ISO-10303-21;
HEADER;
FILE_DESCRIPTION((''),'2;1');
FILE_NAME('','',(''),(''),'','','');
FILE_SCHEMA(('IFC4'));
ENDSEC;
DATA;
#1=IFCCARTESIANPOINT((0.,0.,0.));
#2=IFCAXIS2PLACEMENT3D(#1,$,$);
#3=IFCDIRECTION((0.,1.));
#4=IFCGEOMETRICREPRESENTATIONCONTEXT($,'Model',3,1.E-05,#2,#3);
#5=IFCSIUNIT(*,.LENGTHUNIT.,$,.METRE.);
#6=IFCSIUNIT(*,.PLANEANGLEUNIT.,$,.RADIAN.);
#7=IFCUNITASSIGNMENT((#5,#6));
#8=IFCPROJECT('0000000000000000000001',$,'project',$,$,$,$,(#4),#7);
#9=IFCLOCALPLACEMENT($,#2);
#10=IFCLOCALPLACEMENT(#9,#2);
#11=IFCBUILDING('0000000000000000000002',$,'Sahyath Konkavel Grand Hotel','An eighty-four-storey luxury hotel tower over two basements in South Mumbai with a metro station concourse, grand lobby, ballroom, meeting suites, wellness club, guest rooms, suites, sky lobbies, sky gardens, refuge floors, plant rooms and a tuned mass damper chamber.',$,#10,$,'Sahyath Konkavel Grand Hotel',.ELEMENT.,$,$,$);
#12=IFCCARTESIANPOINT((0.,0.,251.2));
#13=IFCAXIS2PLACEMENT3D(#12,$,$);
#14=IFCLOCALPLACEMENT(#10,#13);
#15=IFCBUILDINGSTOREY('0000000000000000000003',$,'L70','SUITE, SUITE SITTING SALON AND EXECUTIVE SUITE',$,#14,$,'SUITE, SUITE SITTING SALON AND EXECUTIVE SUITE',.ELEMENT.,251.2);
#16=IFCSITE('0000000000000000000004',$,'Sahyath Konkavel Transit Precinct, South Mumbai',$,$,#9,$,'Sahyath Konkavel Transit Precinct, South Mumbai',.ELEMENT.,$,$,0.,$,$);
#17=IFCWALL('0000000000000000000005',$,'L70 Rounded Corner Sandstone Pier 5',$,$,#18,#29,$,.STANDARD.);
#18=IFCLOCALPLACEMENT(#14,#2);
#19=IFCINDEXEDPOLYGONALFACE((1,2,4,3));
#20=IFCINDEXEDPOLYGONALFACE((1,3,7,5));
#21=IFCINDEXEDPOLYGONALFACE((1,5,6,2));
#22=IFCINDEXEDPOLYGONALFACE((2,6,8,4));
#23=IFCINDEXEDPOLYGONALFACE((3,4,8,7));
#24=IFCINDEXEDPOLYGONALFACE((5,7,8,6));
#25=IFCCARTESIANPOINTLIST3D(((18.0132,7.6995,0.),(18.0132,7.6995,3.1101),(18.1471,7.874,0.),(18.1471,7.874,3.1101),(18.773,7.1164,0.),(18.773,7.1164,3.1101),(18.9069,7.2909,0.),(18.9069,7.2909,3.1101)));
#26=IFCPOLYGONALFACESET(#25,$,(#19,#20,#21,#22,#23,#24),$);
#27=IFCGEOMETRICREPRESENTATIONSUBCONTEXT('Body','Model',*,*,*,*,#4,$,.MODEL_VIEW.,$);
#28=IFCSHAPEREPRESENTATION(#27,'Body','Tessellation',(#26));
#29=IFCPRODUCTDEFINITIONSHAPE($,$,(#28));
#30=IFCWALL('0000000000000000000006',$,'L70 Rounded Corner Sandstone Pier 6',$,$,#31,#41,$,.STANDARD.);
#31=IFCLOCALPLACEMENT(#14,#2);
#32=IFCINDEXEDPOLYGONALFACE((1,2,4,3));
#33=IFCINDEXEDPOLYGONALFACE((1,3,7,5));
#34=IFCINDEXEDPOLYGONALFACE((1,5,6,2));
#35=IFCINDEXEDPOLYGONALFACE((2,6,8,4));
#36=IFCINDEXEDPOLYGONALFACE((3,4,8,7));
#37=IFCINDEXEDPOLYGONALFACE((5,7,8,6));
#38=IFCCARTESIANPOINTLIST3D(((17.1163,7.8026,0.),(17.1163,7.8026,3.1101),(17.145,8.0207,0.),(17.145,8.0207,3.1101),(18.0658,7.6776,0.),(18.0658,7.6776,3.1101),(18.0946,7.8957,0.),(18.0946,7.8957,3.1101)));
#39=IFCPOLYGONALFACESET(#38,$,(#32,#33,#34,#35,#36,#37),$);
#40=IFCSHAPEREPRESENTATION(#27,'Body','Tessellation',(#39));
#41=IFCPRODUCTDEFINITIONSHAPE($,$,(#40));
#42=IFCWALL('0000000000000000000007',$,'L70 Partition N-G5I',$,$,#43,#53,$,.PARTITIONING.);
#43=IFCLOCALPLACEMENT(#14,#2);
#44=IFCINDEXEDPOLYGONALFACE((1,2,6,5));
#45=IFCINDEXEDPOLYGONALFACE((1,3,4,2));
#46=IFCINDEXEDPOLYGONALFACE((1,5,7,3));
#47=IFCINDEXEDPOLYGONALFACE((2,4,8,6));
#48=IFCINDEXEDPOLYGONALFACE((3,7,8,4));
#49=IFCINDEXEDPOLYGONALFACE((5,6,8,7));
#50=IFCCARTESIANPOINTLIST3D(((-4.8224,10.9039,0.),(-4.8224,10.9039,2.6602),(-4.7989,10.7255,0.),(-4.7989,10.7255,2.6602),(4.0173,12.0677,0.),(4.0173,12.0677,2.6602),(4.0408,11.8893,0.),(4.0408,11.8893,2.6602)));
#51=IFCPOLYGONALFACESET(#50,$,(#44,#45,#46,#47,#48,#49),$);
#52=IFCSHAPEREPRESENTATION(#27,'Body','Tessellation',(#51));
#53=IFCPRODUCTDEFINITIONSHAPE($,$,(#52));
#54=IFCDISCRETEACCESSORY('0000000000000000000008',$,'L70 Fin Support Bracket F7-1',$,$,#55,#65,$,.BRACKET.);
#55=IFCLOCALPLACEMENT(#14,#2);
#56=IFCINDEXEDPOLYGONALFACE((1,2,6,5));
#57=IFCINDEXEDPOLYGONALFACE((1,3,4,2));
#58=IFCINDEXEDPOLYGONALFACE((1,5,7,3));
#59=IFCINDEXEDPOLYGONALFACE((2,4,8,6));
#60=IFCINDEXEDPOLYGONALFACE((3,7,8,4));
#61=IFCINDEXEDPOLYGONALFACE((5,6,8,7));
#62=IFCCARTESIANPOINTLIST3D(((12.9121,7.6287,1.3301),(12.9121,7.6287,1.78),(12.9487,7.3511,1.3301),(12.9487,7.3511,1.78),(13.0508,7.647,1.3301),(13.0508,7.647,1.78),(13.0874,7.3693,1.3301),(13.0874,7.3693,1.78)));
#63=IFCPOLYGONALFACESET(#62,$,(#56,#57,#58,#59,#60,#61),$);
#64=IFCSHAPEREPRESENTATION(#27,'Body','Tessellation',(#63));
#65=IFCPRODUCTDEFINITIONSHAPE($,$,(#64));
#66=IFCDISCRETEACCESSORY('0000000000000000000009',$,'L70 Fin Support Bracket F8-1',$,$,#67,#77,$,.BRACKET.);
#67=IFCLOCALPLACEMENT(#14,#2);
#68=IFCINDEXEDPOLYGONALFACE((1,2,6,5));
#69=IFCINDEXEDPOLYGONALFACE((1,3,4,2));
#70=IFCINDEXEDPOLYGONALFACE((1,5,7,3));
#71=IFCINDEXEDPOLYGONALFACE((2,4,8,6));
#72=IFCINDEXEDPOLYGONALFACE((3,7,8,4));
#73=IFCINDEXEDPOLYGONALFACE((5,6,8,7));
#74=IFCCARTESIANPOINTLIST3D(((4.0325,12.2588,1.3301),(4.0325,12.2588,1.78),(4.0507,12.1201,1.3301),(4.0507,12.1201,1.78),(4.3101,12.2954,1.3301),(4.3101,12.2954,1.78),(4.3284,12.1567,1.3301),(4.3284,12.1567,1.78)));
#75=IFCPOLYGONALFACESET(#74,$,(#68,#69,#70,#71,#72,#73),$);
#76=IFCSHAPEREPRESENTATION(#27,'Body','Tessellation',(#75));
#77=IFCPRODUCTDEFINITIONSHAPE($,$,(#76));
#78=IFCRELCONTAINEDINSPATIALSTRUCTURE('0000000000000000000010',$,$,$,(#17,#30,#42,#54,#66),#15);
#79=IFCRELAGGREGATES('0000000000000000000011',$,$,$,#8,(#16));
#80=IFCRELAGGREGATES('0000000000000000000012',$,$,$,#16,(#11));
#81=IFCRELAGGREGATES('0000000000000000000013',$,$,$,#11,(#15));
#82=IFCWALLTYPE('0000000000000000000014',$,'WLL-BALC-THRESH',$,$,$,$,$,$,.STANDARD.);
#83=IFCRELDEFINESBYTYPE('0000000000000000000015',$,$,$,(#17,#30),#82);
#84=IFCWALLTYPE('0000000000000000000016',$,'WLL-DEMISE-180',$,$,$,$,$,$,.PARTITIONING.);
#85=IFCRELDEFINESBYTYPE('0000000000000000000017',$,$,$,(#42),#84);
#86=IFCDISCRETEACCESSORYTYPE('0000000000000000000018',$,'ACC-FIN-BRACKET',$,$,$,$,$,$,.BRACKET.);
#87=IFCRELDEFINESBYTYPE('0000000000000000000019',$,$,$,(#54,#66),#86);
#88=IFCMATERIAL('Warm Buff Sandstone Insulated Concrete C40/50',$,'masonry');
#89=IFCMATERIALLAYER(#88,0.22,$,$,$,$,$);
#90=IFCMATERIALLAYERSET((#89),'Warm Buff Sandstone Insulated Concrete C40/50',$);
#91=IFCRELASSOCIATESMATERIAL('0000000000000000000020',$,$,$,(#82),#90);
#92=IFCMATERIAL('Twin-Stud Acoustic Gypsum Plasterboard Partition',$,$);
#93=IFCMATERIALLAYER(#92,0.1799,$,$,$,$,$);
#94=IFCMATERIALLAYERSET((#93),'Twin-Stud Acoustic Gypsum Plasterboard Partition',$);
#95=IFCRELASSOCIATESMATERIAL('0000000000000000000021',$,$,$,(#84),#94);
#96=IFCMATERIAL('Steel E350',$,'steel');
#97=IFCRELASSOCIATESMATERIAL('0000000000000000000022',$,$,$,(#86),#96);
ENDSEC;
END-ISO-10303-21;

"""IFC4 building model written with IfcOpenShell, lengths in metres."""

from ifc_helpers import new_model, si_unit, direction, frame, frame_2d, origin, origin_2d, place, context, subcontext, project, spatial, rectangle, extrude, source, transform, mapped, material, layer, layer_set, type_object, element, save


model = new_model("IFC4")

# Units and contexts
model_context = context("Model", 3, precision=1e-05, world=origin(), true_north=direction((0.0, 1.0)))
body_context = subcontext(model_context, "Body", "Model", "MODEL_VIEW")
ifc_project = project(units=[si_unit("LENGTHUNIT", "METRE"), si_unit("PLANEANGLEUNIT", "RADIAN")], contexts=[model_context])

# Site, building, storey
site_placement = place(None, origin())
site = spatial("IfcSite", under=ifc_project, at=site_placement, Name="Sahyath Konkavel Transit Precinct, South Mumbai", LongName="Sahyath Konkavel Transit Precinct, South Mumbai", CompositionType="ELEMENT", RefElevation=0.0)
building_placement = place(site_placement, origin())
building = spatial("IfcBuilding", under=site, at=building_placement, Name="Sahyath Konkavel Grand Hotel", Description="An eighty-four-storey luxury hotel tower over two basements in South Mumbai with a metro station concourse, grand lobby, ballroom, meeting suites, wellness club, guest rooms, suites, sky lobbies, sky gardens, refuge floors, plant rooms and a tuned mass damper chamber.", LongName="Sahyath Konkavel Grand Hotel", CompositionType="ELEMENT")
storey_placement = place(building_placement, frame((0.0, 0.0, 251.2)))
storey = spatial("IfcBuildingStorey", under=building, at=storey_placement, Name="L70", Description="SUITE, SUITE SITTING SALON AND EXECUTIVE SUITE", LongName="SUITE, SUITE SITTING SALON AND EXECUTIVE SUITE", CompositionType="ELEMENT", Elevation=251.2)

# Shared definitions
ifc_material_1 = material(Name="Steel E350", Category="steel")

# Walls
ifc_material_2 = material(Name="Warm Buff Sandstone Insulated Concrete C40/50", Category="masonry")
ifc_layer_1 = layer(ifc_material_2, 0.22)
ifc_layer_set_1 = layer_set([ifc_layer_1], Name="Warm Buff Sandstone Insulated Concrete C40/50")
wall_type_1 = type_object("IfcWallType", Name="WLL-BALC-THRESH", PredefinedType="STANDARD", material=ifc_layer_set_1)
for number, where, z_axis, x_axis, name in (
    (1, (18.8401, 7.2036, 0.0), (0.0, 0.0, 1.0), (-0.793344, 0.608774, 0.0), "L70 Rounded Corner Sandstone Pier 5"),
    (2, (18.0803, 7.7866, 0.0), (0.0, 0.0, 1.0), (-0.991445, 0.130527, 0.0), "L70 Rounded Corner Sandstone Pier 6"),
):
    element("IfcWall", number, at=place(storey_placement, frame(where, z_axis=z_axis, x_axis=x_axis)), inside=storey, type_object=wall_type_1, Name=name, PredefinedType="STANDARD", context=body_context, shape_type="SweptSolid", body=[
        extrude(rectangle(XDim=0.9578, YDim=0.22, at=frame_2d((0.479, 0.0))), origin(), (0.0, 0.0, 1.0), 3.1101),
    ])
ifc_material_3 = material(Name="Twin-Stud Acoustic Gypsum Plasterboard Partition")
ifc_layer_2 = layer(ifc_material_3, 0.1799)
ifc_layer_set_2 = layer_set([ifc_layer_2], Name="Twin-Stud Acoustic Gypsum Plasterboard Partition")
wall_type_2 = type_object("IfcWallType", Name="WLL-DEMISE-180", PredefinedType="PARTITIONING", material=ifc_layer_set_2)
wall_placement = place(storey_placement, frame((4.0291, 11.9785, 0.0), z_axis=(0.0, 0.0, 1.0), x_axis=(-0.991444, -0.13053, 0.0)))
element("IfcWall", 3, at=wall_placement, inside=storey, type_object=wall_type_2, Name="L70 Partition N-G5I", PredefinedType="PARTITIONING", context=body_context, shape_type="SweptSolid", body=[
    extrude(rectangle(XDim=8.916, YDim=0.1799, at=frame_2d((4.458, 0.0))), origin(), (0.0, 0.0, 1.0), 2.6602),
])

# Discrete accessories
discrete_accessory_type = type_object("IfcDiscreteAccessoryType", Name="ACC-FIN-BRACKET", PredefinedType="BRACKET", material=ifc_material_1)
shared_shape_1 = source(origin(), body_context, "Body", "SweptSolid", [
    extrude(rectangle(XDim=0.28, YDim=0.1399, at=origin_2d()), origin(), (0.0, 0.0, 1.0), 0.45),
])
for number, where, z_axis, x_axis, name in (
    (4, (12.9998, 7.499, 1.3301), (0.0, 0.0, 1.0), (-0.130526, 0.991445, 0.0), "L70 Fin Support Bracket F7-1"),
    (5, (4.1804, 12.2078, 1.3301), (0.0, 0.0, 1.0), (0.991445, 0.130526, 0.0), "L70 Fin Support Bracket F8-1"),
):
    element("IfcDiscreteAccessory", number, at=place(storey_placement, frame(where, z_axis=z_axis, x_axis=x_axis)), inside=storey, type_object=discrete_accessory_type, Name=name, PredefinedType="BRACKET", context=body_context, shape_type="MappedRepresentation", body=[
        mapped(shared_shape_1, transform((0.0, 0.0, 0.0), scale=1.0)),
    ])

save(model, "model.ifc")
